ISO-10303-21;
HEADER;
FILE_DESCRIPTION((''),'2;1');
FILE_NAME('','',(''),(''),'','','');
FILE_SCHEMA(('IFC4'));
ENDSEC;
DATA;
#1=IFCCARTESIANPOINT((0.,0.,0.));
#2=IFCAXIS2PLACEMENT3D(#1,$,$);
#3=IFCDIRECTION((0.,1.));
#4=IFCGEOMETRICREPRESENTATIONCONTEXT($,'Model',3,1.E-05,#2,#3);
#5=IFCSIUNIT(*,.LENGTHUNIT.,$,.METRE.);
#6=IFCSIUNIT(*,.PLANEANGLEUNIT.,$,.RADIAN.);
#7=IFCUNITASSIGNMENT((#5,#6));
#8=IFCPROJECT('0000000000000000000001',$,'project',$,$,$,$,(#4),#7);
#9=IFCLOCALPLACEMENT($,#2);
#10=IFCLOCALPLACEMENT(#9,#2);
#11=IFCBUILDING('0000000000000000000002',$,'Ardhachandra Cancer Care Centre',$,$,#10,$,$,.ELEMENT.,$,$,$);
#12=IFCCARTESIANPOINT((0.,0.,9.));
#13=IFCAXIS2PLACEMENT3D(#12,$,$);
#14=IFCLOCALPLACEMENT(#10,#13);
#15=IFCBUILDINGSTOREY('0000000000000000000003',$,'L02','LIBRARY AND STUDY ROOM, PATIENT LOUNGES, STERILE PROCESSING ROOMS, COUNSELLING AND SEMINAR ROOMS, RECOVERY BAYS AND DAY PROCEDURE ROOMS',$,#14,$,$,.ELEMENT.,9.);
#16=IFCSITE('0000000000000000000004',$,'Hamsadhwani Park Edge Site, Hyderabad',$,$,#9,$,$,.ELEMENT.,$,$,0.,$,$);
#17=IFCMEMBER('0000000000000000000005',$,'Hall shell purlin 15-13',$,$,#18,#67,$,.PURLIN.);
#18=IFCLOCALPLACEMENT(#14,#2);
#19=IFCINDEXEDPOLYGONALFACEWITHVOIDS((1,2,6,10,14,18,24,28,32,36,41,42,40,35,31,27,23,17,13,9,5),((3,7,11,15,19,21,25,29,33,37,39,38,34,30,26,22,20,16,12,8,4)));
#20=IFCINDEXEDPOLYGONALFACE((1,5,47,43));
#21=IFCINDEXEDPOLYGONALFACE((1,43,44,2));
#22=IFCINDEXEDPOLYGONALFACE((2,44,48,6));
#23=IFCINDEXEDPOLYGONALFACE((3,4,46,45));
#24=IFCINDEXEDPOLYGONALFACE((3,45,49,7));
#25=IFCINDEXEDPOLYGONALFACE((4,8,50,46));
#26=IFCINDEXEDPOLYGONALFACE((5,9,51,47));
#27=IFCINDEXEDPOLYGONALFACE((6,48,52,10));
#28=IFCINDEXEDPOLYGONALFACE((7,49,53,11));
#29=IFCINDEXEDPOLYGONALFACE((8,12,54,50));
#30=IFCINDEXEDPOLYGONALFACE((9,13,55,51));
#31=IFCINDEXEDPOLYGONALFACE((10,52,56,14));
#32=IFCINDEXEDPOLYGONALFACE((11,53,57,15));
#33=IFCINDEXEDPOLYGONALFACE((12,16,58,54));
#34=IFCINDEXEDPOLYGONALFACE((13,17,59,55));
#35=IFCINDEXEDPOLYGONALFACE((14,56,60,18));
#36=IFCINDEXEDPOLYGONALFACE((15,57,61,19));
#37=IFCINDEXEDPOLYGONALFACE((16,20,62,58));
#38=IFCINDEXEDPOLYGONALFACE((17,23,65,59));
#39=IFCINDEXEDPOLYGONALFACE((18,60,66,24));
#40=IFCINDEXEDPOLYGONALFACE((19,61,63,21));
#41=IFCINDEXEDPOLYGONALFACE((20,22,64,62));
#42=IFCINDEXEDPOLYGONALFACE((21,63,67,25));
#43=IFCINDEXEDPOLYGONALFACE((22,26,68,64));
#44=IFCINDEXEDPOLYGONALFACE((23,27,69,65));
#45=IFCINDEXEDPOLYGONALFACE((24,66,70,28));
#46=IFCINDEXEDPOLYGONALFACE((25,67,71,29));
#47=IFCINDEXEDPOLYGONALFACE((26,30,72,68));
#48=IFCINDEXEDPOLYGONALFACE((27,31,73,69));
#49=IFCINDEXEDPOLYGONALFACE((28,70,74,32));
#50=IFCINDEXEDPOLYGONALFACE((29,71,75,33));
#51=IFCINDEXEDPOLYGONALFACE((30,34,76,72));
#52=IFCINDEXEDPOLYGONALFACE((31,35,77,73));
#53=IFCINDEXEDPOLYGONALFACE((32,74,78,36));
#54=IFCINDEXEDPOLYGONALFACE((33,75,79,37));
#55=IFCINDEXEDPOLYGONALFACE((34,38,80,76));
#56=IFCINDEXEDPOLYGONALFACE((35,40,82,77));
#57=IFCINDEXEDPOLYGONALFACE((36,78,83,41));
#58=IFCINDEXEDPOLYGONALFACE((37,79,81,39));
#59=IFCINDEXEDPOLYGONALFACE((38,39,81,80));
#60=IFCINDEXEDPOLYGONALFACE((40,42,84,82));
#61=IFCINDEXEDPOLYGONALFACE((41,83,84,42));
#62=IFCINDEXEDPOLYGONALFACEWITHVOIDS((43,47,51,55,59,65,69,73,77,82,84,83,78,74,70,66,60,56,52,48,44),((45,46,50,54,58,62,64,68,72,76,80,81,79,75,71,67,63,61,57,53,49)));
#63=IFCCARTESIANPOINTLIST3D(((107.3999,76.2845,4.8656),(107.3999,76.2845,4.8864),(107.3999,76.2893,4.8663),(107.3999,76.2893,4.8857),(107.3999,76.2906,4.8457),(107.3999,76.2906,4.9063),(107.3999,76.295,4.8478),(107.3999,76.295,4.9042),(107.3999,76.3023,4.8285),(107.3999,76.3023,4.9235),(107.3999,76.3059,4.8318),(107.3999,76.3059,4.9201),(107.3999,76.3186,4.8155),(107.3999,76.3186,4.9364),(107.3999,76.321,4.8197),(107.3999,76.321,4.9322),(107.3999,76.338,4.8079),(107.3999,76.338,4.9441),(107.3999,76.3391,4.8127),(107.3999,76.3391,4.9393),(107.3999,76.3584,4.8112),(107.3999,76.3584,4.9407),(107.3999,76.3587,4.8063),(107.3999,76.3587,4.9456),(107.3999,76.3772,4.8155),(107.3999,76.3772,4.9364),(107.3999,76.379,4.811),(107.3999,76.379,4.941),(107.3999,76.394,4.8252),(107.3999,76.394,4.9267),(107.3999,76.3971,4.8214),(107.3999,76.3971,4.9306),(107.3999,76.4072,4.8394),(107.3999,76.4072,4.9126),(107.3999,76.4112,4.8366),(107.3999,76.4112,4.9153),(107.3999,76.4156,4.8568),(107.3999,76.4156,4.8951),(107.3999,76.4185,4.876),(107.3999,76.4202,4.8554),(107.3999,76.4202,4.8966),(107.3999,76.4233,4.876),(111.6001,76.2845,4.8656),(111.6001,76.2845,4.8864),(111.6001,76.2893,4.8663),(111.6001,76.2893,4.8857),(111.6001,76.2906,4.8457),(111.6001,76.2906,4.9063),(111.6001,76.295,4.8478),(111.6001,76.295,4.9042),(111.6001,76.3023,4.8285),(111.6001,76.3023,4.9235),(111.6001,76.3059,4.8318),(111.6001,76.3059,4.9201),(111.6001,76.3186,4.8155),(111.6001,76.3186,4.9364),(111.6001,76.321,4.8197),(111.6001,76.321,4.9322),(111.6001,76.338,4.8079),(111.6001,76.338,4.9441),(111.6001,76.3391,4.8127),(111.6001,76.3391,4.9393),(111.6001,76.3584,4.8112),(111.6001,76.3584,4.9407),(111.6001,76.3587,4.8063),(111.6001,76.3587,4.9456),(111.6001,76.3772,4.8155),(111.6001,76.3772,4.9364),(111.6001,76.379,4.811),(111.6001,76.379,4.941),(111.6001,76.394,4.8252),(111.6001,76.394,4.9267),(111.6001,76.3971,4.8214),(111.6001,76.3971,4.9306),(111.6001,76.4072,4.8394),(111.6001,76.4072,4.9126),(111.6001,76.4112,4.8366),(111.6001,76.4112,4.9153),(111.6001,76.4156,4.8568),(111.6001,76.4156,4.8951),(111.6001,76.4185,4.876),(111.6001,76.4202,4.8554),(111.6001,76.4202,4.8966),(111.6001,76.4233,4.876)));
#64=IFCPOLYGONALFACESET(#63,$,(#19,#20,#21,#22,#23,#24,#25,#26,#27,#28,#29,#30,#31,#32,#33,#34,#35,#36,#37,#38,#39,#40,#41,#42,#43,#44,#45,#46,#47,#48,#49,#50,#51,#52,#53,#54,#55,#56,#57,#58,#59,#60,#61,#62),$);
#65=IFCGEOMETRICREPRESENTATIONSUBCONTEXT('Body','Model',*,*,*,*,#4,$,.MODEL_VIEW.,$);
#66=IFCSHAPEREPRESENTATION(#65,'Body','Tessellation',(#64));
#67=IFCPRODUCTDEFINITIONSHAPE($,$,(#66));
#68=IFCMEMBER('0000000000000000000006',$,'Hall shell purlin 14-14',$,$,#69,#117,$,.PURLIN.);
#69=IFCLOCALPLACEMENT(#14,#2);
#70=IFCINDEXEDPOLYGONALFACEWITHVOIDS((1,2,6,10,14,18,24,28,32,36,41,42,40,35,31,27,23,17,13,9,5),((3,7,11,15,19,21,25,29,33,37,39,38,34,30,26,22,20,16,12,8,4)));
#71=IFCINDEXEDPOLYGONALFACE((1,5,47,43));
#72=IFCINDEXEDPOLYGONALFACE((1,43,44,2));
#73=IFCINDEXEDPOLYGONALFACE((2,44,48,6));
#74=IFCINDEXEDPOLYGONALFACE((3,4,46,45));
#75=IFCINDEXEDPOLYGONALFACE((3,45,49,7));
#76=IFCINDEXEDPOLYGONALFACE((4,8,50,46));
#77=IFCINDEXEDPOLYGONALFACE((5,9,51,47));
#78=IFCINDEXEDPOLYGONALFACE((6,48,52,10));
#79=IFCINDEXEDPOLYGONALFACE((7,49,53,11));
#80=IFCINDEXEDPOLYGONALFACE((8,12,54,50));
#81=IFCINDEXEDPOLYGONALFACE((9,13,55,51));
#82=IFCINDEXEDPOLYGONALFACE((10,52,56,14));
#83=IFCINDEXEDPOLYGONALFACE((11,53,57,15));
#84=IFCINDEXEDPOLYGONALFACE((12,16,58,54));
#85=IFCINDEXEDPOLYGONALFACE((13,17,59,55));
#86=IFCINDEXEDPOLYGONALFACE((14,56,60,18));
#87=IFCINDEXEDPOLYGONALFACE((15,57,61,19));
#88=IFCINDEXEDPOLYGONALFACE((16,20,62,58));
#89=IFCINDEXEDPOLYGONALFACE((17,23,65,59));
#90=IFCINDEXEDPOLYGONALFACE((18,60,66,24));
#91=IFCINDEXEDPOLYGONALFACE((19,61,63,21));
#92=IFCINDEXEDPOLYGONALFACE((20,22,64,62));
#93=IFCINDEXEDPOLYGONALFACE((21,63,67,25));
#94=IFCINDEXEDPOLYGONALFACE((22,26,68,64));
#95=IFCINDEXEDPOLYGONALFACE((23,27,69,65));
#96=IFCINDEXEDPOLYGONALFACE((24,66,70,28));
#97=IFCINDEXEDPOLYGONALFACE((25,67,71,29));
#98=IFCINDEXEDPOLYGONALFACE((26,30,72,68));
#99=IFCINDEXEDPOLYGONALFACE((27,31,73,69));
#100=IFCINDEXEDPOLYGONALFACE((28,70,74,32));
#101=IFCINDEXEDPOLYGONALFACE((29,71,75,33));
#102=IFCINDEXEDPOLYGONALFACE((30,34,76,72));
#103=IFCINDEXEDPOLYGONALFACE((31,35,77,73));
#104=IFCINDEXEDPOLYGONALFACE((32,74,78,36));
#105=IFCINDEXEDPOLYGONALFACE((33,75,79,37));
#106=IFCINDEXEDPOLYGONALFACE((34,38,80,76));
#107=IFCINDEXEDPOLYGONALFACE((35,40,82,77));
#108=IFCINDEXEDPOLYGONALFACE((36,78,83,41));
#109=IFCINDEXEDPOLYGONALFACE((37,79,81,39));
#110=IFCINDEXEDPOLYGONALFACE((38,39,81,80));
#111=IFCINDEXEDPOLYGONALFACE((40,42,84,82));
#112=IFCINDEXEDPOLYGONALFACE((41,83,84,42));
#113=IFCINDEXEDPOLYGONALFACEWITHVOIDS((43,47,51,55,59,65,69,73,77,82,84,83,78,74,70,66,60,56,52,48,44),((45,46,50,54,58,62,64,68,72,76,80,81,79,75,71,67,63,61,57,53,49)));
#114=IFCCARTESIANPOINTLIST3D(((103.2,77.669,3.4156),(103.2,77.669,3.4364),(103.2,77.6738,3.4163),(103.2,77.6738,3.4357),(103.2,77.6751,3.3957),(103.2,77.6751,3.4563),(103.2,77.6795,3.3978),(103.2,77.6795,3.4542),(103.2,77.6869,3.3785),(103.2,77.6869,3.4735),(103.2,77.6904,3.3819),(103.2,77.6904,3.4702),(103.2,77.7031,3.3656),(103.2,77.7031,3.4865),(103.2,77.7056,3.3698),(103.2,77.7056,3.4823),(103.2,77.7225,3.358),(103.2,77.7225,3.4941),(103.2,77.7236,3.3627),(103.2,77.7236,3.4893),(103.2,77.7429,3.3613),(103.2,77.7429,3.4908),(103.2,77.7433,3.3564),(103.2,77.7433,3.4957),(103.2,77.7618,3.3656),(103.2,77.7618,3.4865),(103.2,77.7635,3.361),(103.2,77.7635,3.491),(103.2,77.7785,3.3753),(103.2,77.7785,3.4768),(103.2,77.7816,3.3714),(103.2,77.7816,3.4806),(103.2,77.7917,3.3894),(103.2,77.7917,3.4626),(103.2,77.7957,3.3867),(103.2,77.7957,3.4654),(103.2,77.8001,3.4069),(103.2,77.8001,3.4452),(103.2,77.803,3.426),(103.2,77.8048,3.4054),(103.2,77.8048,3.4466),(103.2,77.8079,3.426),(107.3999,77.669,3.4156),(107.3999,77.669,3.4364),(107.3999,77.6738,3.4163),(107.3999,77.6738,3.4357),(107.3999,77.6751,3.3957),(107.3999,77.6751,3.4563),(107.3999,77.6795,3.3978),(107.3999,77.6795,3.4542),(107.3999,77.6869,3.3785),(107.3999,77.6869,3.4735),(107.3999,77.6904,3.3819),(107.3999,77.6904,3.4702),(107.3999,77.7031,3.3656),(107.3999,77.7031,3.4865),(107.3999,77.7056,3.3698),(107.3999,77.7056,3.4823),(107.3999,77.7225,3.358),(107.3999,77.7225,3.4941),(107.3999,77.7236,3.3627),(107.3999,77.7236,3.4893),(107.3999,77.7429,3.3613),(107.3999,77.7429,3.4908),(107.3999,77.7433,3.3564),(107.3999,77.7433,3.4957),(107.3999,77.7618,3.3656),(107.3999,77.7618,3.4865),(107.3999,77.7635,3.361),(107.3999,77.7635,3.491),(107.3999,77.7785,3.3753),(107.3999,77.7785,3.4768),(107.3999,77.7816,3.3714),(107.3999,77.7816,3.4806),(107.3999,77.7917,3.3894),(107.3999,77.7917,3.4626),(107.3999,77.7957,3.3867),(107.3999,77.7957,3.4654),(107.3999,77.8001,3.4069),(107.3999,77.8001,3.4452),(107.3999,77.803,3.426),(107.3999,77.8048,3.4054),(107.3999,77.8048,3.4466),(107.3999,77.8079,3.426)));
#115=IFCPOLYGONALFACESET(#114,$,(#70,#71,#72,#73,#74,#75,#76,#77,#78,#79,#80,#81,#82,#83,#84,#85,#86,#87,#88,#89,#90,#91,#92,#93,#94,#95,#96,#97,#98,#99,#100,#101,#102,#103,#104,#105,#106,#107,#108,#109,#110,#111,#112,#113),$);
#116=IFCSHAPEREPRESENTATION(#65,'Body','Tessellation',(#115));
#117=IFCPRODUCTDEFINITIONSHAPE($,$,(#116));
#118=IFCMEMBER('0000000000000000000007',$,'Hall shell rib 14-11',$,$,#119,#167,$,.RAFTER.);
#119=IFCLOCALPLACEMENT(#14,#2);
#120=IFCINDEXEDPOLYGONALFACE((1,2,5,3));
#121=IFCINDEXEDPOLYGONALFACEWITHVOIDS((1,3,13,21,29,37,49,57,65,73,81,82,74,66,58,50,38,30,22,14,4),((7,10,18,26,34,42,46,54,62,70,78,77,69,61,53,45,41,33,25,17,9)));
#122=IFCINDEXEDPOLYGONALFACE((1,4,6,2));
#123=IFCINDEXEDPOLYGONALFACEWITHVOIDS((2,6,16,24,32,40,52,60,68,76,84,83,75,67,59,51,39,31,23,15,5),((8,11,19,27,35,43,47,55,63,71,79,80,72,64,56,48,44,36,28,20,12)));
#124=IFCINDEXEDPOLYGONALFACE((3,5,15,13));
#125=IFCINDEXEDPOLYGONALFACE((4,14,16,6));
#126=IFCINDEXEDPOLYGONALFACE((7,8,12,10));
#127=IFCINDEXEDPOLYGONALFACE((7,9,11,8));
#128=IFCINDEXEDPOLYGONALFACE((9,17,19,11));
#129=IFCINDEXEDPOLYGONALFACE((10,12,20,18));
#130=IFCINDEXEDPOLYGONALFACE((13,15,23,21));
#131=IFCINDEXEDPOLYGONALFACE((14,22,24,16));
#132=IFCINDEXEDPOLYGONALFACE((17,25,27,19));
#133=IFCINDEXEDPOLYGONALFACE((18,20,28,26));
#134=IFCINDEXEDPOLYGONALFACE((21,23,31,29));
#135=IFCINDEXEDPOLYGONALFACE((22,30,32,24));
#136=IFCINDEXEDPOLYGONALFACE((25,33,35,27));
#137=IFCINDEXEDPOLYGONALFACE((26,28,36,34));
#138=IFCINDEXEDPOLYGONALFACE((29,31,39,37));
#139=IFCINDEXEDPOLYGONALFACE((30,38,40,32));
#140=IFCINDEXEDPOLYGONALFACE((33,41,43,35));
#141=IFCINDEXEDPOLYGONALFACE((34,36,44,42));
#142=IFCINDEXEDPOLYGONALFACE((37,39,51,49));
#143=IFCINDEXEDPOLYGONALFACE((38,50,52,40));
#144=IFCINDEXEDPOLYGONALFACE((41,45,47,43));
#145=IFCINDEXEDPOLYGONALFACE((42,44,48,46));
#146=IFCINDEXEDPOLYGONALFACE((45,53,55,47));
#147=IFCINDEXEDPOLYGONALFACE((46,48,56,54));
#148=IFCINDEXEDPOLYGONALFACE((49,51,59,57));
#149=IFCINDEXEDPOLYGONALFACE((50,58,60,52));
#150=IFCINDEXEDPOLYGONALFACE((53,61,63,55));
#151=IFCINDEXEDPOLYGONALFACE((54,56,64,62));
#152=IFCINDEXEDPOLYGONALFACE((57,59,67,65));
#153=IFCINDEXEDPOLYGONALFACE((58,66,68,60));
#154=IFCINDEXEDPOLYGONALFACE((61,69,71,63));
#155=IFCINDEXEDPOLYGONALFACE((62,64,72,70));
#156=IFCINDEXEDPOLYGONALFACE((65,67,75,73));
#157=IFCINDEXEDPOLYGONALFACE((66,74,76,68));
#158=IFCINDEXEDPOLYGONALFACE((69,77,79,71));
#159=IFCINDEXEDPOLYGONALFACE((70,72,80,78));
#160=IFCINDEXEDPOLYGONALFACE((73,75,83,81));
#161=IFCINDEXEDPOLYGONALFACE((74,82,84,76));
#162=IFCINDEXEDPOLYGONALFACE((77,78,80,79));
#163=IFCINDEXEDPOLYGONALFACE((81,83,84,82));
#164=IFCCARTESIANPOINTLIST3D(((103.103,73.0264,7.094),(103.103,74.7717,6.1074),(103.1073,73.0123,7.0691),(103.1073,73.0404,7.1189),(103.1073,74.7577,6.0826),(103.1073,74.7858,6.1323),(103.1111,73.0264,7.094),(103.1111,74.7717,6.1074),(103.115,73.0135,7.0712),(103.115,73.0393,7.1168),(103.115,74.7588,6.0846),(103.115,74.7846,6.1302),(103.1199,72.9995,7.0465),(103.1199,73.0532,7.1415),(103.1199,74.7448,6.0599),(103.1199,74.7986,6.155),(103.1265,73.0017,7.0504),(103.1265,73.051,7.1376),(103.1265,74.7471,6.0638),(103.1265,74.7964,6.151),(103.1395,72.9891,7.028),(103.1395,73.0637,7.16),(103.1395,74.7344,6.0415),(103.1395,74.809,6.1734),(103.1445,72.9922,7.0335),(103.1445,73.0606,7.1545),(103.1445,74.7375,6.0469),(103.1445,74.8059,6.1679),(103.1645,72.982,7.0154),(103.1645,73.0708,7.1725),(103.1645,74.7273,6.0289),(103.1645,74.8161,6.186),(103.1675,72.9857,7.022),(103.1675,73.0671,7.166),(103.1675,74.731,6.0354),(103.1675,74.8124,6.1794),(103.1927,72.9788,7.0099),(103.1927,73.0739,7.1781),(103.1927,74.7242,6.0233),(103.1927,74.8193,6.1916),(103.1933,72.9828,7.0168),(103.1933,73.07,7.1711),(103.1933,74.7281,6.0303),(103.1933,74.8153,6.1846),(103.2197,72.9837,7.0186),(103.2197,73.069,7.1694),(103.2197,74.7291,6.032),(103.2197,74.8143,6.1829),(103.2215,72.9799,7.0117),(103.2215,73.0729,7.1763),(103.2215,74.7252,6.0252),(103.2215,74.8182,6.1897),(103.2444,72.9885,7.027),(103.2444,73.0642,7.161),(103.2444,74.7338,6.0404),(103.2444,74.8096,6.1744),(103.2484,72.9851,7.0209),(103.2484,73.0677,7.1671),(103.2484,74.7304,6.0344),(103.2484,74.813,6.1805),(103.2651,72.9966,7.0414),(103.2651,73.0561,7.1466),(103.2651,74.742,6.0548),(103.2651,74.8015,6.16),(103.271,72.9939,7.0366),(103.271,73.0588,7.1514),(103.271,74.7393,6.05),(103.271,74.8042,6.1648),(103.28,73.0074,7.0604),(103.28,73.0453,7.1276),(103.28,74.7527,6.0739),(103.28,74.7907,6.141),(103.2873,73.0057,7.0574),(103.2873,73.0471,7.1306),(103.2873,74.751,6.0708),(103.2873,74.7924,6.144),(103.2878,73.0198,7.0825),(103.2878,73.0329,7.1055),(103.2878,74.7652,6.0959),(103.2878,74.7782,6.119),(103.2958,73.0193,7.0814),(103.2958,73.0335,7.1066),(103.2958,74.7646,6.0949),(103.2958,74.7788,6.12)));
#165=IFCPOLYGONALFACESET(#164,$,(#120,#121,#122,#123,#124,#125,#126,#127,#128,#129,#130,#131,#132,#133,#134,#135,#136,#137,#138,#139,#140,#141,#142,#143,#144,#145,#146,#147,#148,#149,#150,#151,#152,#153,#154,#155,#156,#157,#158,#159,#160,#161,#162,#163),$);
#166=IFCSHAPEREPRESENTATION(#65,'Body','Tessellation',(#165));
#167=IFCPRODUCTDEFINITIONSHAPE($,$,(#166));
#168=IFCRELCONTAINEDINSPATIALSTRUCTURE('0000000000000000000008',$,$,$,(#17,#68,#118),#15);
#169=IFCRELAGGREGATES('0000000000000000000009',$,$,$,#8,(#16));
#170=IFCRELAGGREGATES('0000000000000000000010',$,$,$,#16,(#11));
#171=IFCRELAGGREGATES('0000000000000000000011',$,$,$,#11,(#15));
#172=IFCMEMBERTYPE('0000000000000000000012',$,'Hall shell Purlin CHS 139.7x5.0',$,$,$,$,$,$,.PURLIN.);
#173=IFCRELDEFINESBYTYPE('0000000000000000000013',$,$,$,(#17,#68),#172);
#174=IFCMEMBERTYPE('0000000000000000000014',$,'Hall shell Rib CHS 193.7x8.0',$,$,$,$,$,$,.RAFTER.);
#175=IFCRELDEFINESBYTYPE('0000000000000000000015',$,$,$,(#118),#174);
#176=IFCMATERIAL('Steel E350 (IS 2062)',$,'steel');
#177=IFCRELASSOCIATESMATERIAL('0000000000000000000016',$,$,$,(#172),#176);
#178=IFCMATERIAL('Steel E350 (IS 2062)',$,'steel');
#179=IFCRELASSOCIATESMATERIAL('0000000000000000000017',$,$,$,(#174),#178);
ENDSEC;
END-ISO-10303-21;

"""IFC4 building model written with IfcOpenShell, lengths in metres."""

from ifc_helpers import new_model, si_unit, direction, frame, origin, origin_2d, place, context, subcontext, project, spatial, hollow_circle, extrude, material, material_profile, profile_set, type_object, element, save


model = new_model("IFC4")

# Units and contexts
model_context = context("Model", 3, precision=1e-05, world=origin(), true_north=direction((0.0, 1.0)))
body_context = subcontext(model_context, "Body", "Model", "MODEL_VIEW")
ifc_project = project(units=[si_unit("LENGTHUNIT", "METRE"), si_unit("PLANEANGLEUNIT", "RADIAN")], contexts=[model_context])

# Site, building, storey
site_placement = place(None, origin())
site = spatial("IfcSite", under=ifc_project, at=site_placement, Name="Hamsadhwani Park Edge Site, Hyderabad", CompositionType="ELEMENT", RefElevation=0.0)
building_placement = place(site_placement, origin())
building = spatial("IfcBuilding", under=site, at=building_placement, Name="Ardhachandra Cancer Care Centre", CompositionType="ELEMENT")
storey_placement = place(building_placement, frame((0.0, 0.0, 9.0)))
storey = spatial("IfcBuildingStorey", under=building, at=storey_placement, Name="L02", Description="LIBRARY AND STUDY ROOM, PATIENT LOUNGES, STERILE PROCESSING ROOMS, COUNSELLING AND SEMINAR ROOMS, RECOVERY BAYS AND DAY PROCEDURE ROOMS", CompositionType="ELEMENT", Elevation=9.0)

# Members
ifc_material_1 = material(Name="Steel E350 (IS 2062)", Category="steel")
ifc_material_profile_1 = material_profile(ifc_material_1, hollow_circle(Radius=0.0698, WallThickness=0.0049, at=origin_2d()), Name="CHS 139.7x5.0")
ifc_profile_set_1 = profile_set([ifc_material_profile_1], Name="Steel E350 (IS 2062)")
member_type_1 = type_object("IfcMemberType", Name="Hall shell Purlin CHS 139.7x5.0", PredefinedType="PURLIN", material=ifc_profile_set_1)
member_1_placement = place(storey_placement, frame((107.3999, 76.3535, 4.876), z_axis=(1.0, 0.0, 0.0), x_axis=(0.0, 1.0, 0.0)))
element("IfcMember", 1, at=member_1_placement, inside=storey, type_object=member_type_1, Name="Hall shell purlin 15-13", PredefinedType="PURLIN", context=body_context, shape_type="SweptSolid", body=[
    extrude(hollow_circle(Radius=0.0698, WallThickness=0.0049, at=origin_2d()), origin(), (0.0, 0.0, 1.0), 4.2002),
])
member_2_placement = place(storey_placement, frame((103.2, 77.738, 3.426), z_axis=(1.0, 0.0, 0.0), x_axis=(0.0, 1.0, 0.0)))
element("IfcMember", 2, at=member_2_placement, inside=storey, type_object=member_type_1, Name="Hall shell purlin 14-14", PredefinedType="PURLIN", context=body_context, shape_type="SweptSolid", body=[
    extrude(hollow_circle(Radius=0.0698, WallThickness=0.0049, at=origin_2d()), origin(), (0.0, 0.0, 1.0), 4.2),
])
ifc_material_2 = material(Name="Steel E350 (IS 2062)", Category="steel")
ifc_material_profile_2 = material_profile(ifc_material_2, hollow_circle(Radius=0.0969, WallThickness=0.0081, at=origin_2d()), Name="CHS 193.7x8.0")
ifc_profile_set_2 = profile_set([ifc_material_profile_2], Name="Steel E350 (IS 2062)")
member_type_2 = type_object("IfcMemberType", Name="Hall shell Rib CHS 193.7x8.0", PredefinedType="RAFTER", material=ifc_profile_set_2)
member_3_placement = place(storey_placement, frame((103.2, 73.0264, 7.094), z_axis=(0.0, 0.870549, -0.492081), x_axis=(-1.0, 0.0, 0.0)))
element("IfcMember", 3, at=member_3_placement, inside=storey, type_object=member_type_2, Name="Hall shell rib 14-11", PredefinedType="RAFTER", context=body_context, shape_type="SweptSolid", body=[
    extrude(hollow_circle(Radius=0.0969, WallThickness=0.0081, at=origin_2d()), origin(), (0.0, 0.0, 1.0), 2.0049),
])

save(model, "model.ifc")
